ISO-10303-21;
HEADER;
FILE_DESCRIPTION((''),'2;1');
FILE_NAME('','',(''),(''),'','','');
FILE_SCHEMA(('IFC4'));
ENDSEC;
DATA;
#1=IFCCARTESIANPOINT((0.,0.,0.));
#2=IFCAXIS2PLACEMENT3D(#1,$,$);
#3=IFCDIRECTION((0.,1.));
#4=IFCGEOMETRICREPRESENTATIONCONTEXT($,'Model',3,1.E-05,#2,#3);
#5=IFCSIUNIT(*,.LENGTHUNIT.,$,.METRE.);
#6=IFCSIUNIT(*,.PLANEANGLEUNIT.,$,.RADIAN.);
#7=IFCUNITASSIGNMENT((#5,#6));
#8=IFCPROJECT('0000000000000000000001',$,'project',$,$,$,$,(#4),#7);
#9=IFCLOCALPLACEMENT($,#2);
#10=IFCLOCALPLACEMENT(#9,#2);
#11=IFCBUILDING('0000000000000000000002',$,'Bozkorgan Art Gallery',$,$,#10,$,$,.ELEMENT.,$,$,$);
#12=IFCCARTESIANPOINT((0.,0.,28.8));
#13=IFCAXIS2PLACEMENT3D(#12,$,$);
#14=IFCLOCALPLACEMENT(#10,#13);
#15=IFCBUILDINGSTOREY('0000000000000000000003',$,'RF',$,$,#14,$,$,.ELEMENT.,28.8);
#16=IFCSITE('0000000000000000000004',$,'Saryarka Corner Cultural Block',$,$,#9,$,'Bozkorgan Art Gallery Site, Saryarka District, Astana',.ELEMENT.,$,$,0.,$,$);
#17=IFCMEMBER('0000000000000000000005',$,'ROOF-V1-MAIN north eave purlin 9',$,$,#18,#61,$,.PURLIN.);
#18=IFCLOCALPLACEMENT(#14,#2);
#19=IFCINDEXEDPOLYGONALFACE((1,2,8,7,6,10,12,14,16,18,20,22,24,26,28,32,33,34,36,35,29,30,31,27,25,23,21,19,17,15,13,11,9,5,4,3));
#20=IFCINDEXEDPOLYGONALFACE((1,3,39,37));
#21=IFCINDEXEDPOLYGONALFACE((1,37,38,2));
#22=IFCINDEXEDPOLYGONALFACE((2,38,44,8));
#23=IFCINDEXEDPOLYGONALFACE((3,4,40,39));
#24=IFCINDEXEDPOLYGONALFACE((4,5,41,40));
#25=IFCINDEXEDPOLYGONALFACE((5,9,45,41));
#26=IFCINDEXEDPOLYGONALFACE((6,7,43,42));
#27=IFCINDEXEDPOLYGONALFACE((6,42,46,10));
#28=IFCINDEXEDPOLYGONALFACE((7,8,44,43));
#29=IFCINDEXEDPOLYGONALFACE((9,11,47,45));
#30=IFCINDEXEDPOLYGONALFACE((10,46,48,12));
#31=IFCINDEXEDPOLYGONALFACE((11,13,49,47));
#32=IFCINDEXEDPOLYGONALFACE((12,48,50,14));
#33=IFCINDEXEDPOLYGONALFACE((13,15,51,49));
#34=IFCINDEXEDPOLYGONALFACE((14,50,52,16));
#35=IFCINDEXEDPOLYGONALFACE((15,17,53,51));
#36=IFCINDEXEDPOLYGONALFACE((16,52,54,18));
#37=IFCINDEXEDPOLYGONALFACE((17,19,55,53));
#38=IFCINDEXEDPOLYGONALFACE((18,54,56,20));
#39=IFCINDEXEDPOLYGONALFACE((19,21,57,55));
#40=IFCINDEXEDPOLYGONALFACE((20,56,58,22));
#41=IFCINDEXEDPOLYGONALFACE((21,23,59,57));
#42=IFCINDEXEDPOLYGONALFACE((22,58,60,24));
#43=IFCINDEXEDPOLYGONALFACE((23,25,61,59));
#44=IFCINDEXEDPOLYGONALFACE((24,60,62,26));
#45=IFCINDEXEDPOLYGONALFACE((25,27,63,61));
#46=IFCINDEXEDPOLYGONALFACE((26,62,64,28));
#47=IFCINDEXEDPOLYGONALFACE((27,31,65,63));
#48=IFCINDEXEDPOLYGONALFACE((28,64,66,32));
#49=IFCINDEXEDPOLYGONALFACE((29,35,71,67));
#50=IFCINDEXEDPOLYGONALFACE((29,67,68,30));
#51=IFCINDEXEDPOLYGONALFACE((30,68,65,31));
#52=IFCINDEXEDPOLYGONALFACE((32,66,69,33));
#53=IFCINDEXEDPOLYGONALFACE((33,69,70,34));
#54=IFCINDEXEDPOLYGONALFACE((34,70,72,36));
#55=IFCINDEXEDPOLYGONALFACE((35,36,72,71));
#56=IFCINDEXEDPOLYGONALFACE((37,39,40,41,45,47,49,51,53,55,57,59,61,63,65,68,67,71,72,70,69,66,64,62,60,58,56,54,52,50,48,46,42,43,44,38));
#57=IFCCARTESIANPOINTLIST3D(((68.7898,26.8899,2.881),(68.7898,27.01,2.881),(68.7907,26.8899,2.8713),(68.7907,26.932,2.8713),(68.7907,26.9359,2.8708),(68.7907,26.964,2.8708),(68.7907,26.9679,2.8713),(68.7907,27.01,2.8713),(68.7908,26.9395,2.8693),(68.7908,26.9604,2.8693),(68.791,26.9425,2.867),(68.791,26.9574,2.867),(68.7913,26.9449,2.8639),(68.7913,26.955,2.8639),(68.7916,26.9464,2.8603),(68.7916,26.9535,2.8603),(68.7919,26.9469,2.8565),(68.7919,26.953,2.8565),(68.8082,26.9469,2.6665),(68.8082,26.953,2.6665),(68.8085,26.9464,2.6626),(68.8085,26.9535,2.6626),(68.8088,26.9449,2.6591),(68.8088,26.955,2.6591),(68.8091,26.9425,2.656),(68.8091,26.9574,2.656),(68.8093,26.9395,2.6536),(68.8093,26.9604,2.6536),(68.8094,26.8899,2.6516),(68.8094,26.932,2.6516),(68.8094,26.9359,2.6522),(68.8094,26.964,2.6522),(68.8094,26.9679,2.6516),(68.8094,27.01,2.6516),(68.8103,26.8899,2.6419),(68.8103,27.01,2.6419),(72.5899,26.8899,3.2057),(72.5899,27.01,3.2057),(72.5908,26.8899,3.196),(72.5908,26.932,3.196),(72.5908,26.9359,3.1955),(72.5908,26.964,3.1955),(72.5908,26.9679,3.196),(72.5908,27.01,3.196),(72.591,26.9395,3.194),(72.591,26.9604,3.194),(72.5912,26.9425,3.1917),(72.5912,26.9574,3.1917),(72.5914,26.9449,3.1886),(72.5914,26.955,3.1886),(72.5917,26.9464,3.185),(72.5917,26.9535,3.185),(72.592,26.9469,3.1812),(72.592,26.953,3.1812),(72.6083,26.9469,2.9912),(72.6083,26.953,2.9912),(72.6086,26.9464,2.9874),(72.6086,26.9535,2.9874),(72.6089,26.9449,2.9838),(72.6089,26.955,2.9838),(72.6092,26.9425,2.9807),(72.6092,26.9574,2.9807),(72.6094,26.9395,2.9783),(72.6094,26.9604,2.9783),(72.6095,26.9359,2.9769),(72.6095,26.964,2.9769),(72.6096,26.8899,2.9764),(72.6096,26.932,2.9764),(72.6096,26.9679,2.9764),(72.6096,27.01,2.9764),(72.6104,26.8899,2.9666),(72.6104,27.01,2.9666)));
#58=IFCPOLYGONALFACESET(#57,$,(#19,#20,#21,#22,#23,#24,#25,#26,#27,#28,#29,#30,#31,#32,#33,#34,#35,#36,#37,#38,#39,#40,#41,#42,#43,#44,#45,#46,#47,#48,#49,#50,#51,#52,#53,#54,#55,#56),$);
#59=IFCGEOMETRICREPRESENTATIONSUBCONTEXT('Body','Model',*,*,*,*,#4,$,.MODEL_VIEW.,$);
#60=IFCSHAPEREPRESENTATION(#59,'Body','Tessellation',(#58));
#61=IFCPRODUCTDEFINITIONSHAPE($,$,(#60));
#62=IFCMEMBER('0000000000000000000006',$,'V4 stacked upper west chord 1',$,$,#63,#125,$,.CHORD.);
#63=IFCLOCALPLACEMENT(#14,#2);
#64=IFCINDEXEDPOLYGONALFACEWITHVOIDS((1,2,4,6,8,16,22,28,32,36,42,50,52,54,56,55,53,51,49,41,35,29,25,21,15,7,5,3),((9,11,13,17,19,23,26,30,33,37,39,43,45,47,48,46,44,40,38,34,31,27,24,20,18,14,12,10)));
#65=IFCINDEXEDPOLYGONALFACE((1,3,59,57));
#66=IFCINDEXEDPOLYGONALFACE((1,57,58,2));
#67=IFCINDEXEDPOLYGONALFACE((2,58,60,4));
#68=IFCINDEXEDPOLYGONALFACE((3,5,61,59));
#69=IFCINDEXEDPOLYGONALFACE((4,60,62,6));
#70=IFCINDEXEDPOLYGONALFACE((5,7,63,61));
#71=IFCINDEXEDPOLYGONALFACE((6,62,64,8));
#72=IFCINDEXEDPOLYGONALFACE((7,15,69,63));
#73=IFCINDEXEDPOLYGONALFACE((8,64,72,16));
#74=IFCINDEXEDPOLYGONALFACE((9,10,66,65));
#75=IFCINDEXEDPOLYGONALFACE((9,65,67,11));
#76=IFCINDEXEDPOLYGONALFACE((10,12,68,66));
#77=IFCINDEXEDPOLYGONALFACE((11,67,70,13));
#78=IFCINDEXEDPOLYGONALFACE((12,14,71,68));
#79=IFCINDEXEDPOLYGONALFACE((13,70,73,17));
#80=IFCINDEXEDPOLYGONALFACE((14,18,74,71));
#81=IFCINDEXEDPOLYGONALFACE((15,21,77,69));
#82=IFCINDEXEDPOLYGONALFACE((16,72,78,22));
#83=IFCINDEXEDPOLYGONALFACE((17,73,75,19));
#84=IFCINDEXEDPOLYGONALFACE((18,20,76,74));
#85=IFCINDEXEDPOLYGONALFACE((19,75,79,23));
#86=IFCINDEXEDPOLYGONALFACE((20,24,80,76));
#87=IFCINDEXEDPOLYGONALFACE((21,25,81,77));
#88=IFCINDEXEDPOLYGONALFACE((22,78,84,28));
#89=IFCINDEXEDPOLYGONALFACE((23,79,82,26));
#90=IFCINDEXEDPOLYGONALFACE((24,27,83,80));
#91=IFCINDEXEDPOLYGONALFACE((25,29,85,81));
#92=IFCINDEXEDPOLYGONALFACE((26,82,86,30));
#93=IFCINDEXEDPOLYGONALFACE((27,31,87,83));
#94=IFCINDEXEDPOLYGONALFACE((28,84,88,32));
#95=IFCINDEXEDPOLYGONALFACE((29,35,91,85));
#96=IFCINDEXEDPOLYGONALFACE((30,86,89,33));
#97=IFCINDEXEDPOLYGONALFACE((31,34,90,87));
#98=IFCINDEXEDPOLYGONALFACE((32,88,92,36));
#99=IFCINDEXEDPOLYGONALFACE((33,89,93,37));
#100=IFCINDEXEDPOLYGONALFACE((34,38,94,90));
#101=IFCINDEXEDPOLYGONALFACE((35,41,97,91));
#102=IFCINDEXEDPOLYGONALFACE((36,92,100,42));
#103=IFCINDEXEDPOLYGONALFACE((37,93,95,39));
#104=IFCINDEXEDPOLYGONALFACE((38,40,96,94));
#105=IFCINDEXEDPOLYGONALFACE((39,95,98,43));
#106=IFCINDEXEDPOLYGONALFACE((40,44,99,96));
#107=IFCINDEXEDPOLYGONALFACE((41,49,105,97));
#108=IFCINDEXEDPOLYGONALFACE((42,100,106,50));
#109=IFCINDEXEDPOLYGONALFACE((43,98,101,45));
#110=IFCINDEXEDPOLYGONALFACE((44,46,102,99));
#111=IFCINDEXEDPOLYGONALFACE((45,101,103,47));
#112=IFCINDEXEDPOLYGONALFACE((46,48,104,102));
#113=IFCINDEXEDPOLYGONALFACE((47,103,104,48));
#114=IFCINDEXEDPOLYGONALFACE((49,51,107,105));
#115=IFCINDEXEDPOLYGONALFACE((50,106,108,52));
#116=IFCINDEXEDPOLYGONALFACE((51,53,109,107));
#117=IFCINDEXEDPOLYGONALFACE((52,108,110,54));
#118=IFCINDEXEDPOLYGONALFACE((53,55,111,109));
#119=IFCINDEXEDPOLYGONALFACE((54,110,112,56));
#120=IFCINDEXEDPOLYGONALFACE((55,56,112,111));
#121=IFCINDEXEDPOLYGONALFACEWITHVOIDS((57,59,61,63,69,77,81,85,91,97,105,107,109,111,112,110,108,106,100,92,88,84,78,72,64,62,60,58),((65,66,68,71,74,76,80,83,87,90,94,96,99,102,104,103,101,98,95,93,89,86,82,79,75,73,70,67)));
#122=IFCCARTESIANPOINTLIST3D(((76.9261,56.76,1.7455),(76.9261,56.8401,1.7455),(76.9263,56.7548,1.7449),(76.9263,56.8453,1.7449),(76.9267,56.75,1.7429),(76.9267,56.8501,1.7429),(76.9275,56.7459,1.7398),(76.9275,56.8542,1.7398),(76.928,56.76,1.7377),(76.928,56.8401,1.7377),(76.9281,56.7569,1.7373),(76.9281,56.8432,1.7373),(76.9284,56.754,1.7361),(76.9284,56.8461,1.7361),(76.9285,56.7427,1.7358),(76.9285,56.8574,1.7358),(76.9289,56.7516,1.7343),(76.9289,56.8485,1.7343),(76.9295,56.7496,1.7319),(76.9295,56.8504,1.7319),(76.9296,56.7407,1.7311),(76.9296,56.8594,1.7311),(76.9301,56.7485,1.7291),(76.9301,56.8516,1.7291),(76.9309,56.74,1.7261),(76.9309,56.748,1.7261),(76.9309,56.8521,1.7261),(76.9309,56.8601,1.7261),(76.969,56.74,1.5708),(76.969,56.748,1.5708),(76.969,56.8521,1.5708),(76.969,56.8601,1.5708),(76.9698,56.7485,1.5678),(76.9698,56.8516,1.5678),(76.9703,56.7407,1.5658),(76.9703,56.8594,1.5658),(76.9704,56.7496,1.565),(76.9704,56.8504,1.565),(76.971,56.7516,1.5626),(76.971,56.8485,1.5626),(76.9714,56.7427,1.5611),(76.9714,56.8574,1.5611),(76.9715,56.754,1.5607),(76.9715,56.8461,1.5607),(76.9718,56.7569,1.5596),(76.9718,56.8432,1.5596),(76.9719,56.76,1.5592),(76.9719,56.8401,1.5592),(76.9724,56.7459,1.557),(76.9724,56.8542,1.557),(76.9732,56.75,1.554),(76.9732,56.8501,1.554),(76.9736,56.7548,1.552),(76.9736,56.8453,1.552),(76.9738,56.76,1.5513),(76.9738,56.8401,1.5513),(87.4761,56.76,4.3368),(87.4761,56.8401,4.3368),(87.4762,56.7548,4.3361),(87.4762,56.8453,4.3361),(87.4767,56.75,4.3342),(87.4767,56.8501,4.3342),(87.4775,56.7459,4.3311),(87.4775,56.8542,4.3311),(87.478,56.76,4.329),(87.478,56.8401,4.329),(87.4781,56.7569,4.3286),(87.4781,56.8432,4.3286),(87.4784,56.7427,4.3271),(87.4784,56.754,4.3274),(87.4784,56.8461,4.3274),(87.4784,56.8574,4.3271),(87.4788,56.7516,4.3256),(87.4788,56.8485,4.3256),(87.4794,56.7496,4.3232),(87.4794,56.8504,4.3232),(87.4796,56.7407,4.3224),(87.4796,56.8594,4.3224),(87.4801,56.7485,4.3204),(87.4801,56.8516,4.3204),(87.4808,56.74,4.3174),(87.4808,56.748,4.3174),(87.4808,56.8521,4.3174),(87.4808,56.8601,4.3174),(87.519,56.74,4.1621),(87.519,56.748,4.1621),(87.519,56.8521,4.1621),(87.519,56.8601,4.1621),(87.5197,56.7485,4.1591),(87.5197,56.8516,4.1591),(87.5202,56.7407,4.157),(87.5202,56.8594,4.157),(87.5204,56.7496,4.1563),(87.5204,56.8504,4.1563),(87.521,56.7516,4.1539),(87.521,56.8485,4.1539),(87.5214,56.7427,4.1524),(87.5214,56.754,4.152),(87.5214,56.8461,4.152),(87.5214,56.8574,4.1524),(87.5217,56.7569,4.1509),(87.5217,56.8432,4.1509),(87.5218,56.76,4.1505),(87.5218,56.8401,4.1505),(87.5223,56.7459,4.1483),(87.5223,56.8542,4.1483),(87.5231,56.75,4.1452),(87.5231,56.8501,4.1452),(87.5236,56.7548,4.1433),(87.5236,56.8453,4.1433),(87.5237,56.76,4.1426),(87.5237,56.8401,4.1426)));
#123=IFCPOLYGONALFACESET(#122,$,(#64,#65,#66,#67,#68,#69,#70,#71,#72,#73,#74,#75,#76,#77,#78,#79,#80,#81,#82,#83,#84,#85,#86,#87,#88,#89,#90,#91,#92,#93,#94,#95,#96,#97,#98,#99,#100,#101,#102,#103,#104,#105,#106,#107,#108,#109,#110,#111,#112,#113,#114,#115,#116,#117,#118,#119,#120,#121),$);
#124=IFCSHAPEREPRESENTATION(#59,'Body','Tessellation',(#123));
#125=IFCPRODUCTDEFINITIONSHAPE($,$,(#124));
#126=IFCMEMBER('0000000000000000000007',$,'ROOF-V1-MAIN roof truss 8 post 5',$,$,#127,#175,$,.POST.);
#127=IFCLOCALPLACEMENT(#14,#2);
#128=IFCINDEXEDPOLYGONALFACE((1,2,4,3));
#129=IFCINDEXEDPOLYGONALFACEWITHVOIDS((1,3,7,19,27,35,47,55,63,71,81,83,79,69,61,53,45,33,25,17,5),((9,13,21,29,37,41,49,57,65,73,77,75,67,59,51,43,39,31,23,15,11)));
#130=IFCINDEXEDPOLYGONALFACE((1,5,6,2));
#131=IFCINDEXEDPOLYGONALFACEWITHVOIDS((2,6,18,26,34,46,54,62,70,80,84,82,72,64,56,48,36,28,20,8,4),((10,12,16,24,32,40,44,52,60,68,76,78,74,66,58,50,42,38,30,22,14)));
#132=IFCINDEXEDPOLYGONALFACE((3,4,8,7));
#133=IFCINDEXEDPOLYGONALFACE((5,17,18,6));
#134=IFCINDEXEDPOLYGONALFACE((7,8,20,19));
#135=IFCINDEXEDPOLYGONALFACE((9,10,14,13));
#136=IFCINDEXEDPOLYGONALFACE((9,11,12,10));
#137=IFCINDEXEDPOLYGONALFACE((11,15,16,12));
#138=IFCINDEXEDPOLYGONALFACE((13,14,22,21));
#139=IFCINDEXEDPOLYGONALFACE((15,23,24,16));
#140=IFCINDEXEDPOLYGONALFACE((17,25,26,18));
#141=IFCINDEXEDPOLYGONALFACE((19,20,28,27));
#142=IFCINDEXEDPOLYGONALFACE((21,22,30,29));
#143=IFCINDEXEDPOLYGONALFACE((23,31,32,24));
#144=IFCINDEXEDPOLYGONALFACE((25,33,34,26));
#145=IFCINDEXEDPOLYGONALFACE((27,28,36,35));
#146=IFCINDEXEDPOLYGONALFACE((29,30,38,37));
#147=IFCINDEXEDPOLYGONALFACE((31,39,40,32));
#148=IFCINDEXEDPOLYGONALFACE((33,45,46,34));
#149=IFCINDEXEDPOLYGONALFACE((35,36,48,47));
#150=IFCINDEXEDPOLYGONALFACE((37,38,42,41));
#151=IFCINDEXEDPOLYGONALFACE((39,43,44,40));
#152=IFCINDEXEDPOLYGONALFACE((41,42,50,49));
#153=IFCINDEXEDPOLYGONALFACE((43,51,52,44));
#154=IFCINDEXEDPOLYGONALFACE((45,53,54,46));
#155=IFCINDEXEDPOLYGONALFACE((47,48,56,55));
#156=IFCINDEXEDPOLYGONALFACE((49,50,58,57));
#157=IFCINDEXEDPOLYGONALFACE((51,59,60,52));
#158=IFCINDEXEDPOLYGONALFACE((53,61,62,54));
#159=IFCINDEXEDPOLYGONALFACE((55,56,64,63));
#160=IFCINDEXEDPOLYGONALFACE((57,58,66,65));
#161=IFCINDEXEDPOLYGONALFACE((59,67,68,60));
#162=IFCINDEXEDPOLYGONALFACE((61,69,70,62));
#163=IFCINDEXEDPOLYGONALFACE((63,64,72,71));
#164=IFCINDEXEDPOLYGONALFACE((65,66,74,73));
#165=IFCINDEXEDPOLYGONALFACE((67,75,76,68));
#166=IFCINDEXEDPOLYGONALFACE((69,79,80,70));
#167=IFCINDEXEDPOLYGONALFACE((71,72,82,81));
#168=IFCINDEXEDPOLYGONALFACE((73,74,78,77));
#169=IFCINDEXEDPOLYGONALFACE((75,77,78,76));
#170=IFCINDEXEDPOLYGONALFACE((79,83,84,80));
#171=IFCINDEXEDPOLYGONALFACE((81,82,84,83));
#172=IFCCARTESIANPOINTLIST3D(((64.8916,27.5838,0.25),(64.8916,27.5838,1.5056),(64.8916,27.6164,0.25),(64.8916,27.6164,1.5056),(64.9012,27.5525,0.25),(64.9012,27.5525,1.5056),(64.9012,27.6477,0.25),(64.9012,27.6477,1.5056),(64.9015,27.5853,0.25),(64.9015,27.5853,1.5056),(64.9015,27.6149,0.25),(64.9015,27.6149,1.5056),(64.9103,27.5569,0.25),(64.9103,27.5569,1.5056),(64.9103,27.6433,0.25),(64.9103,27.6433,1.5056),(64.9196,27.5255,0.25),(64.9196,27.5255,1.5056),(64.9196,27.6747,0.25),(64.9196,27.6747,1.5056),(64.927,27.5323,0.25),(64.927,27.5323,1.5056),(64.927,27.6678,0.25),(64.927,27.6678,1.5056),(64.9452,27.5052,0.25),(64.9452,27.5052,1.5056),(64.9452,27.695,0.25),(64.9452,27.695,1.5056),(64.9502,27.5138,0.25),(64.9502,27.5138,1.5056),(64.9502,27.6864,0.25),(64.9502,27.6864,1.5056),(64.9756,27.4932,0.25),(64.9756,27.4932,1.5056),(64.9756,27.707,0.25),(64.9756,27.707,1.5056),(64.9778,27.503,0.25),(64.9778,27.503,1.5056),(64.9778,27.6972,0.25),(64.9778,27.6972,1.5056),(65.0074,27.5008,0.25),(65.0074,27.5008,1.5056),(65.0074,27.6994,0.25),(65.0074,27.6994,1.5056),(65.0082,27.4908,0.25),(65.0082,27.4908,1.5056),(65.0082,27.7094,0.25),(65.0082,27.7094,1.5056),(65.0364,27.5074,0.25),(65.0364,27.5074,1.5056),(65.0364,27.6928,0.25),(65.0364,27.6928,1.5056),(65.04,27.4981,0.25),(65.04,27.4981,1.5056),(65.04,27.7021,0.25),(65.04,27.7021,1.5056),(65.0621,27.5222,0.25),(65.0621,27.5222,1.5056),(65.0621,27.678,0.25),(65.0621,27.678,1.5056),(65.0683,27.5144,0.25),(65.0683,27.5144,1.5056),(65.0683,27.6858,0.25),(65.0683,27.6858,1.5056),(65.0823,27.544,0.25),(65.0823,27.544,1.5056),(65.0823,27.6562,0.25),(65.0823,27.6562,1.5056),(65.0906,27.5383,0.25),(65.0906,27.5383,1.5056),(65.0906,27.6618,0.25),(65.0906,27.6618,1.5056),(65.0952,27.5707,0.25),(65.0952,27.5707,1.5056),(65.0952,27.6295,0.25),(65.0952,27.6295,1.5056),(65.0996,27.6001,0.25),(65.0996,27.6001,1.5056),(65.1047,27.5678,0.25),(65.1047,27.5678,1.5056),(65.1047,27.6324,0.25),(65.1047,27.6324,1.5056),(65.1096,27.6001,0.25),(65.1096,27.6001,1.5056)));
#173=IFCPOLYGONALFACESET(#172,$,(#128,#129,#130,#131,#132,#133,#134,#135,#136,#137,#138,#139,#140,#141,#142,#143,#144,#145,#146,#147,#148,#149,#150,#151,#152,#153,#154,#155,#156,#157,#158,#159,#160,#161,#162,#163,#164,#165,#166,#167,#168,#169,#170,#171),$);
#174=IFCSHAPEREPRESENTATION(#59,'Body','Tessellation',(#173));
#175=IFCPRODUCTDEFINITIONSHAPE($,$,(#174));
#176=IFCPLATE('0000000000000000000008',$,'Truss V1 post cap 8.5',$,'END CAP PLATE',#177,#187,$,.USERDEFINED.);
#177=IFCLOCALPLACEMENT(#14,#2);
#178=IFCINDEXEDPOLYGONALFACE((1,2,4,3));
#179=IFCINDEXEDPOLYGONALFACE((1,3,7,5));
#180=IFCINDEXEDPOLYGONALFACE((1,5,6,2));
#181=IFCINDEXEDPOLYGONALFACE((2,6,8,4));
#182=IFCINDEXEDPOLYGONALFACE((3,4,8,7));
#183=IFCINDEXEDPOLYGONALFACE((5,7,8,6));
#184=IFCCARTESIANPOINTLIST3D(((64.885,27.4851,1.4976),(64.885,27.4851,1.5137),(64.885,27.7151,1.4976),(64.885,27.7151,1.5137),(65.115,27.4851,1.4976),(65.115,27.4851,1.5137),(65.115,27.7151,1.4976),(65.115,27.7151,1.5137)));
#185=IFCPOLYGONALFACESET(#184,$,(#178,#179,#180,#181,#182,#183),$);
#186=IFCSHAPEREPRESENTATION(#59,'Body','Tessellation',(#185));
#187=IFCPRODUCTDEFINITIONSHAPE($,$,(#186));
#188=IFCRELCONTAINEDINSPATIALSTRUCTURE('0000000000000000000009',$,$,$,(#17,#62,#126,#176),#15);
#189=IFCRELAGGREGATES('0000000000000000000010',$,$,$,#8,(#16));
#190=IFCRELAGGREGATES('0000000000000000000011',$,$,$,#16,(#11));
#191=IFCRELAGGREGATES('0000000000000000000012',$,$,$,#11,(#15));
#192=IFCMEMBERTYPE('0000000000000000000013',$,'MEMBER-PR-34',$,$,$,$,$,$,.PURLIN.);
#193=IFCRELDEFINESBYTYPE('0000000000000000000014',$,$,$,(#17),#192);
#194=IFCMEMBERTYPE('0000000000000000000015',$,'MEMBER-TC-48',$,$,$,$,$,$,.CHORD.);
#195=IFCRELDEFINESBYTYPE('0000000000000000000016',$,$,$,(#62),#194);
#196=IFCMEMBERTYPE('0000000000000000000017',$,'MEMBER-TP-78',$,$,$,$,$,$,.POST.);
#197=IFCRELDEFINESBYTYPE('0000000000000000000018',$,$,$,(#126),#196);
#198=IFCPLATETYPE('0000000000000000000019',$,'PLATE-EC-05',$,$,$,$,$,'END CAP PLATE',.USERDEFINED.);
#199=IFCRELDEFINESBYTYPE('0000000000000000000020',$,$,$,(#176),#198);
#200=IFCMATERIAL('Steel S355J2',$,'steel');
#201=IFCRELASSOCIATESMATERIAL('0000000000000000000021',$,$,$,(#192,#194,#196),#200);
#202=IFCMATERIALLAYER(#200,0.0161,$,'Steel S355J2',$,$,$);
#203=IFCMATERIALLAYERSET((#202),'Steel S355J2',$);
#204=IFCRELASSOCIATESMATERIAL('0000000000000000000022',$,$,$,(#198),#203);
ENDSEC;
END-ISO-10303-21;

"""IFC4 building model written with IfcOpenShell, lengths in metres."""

from ifc_helpers import new_model, si_unit, direction, frame, origin, origin_2d, place, context, subcontext, project, spatial, rectangle, hollow_rectangle, hollow_circle, i_section, extrude, material, layer, layer_set, material_profile, profile_set, type_object, element, save


model = new_model("IFC4")

# Units and contexts
model_context = context("Model", 3, precision=1e-05, world=origin(), true_north=direction((0.0, 1.0)))
body_context = subcontext(model_context, "Body", "Model", "MODEL_VIEW")
ifc_project = project(units=[si_unit("LENGTHUNIT", "METRE"), si_unit("PLANEANGLEUNIT", "RADIAN")], contexts=[model_context])

# Site, building, storey
site_placement = place(None, origin())
site = spatial("IfcSite", under=ifc_project, at=site_placement, Name="Saryarka Corner Cultural Block", LongName="Bozkorgan Art Gallery Site, Saryarka District, Astana", CompositionType="ELEMENT", RefElevation=0.0)
building_placement = place(site_placement, origin())
building = spatial("IfcBuilding", under=site, at=building_placement, Name="Bozkorgan Art Gallery", CompositionType="ELEMENT")
storey_placement = place(building_placement, frame((0.0, 0.0, 28.8)))
storey = spatial("IfcBuildingStorey", under=building, at=storey_placement, Name="RF", CompositionType="ELEMENT", Elevation=28.8)

# Shared definitions
ifc_material_1 = material(Name="Steel S355J2", Category="steel")

# Members
ifc_material_profile_1 = material_profile(ifc_material_1, i_section(OverallWidth=0.1201, OverallDepth=0.24, WebThickness=0.0061, FlangeThickness=0.0098, FilletRadius=0.0149, at=origin_2d()), Name="IPE 240")
ifc_profile_set_1 = profile_set([ifc_material_profile_1], Name="Steel S355J2")
member_type_1 = type_object("IfcMemberType", Name="MEMBER-PR-34", PredefinedType="PURLIN", material=ifc_profile_set_1)
member_1_placement = place(storey_placement, frame((68.8, 26.95, 2.7615), z_axis=(0.996369, 0.0, 0.085138), x_axis=(0.0, 1.0, 0.0)))
element("IfcMember", 1, at=member_1_placement, inside=storey, type_object=member_type_1, Name="ROOF-V1-MAIN north eave purlin 9", PredefinedType="PURLIN", context=body_context, shape_type="SweptSolid", body=[
    extrude(i_section(OverallWidth=0.1201, OverallDepth=0.24, WebThickness=0.0061, FlangeThickness=0.0098, FilletRadius=0.0149, at=origin_2d()), origin(), (0.0, 0.0, 1.0), 3.814),
])
ifc_material_profile_2 = material_profile(ifc_material_1, hollow_rectangle(XDim=0.1201, YDim=0.2, WallThickness=0.0081, InnerFilletRadius=0.012, OuterFilletRadius=0.02, at=origin_2d()), Name="RHS 200x120x8")
ifc_profile_set_2 = profile_set([ifc_material_profile_2], Name="Steel S355J2")
member_type_2 = type_object("IfcMemberType", Name="MEMBER-TC-48", PredefinedType="CHORD", material=ifc_profile_set_2)
member_2_placement = place(storey_placement, frame((76.95, 56.8, 1.6484), z_axis=(0.971135, 0.0, 0.238531), x_axis=(0.0, 1.0, 0.0)))
element("IfcMember", 2, at=member_2_placement, inside=storey, type_object=member_type_2, Name="V4 stacked upper west chord 1", PredefinedType="CHORD", context=body_context, shape_type="SweptSolid", body=[
    extrude(hollow_rectangle(XDim=0.1201, YDim=0.2, WallThickness=0.0081, InnerFilletRadius=0.012, OuterFilletRadius=0.02, at=origin_2d()), origin(), (0.0, 0.0, 1.0), 10.8635),
])
ifc_material_profile_3 = material_profile(ifc_material_1, hollow_circle(Radius=0.1096, WallThickness=0.01, at=origin_2d()), Name="CHS 219.1x10")
ifc_profile_set_3 = profile_set([ifc_material_profile_3], Name="Steel S355J2")
member_type_3 = type_object("IfcMemberType", Name="MEMBER-TP-78", PredefinedType="POST", material=ifc_profile_set_3)
member_3_placement = place(storey_placement, frame((65.0, 27.6001, 0.25), z_axis=(0.0, 0.0, 1.0), x_axis=(1.0, 0.0, 0.0)))
element("IfcMember", 3, at=member_3_placement, inside=storey, type_object=member_type_3, Name="ROOF-V1-MAIN roof truss 8 post 5", PredefinedType="POST", context=body_context, shape_type="SweptSolid", body=[
    extrude(hollow_circle(Radius=0.1096, WallThickness=0.01, at=origin_2d()), origin(), (0.0, 0.0, 1.0), 1.2556),
])

# Plate
ifc_layer_1 = layer(ifc_material_1, 0.0161, Name="Steel S355J2")
ifc_layer_set_1 = layer_set([ifc_layer_1], Name="Steel S355J2")
plate_type_1 = type_object("IfcPlateType", Name="PLATE-EC-05", ElementType="END CAP PLATE", PredefinedType="USERDEFINED", material=ifc_layer_set_1)
for number, where, z_axis, x_axis, name in (
    (4, (65.0, 27.6001, 1.4976), (0.0, 0.0, 1.0), (1.0, 0.0, 0.0), "Truss V1 post cap 8.5"),
):
    element("IfcPlate", number, at=place(storey_placement, frame(where, z_axis=z_axis, x_axis=x_axis)), inside=storey, type_object=plate_type_1, Name=name, ObjectType="END CAP PLATE", PredefinedType="USERDEFINED", context=body_context, shape_type="SweptSolid", body=[
        extrude(rectangle(XDim=0.23, YDim=0.23, at=origin_2d()), origin(), (0.0, 0.0, 1.0), 0.0161),
    ])

save(model, "model.ifc")
